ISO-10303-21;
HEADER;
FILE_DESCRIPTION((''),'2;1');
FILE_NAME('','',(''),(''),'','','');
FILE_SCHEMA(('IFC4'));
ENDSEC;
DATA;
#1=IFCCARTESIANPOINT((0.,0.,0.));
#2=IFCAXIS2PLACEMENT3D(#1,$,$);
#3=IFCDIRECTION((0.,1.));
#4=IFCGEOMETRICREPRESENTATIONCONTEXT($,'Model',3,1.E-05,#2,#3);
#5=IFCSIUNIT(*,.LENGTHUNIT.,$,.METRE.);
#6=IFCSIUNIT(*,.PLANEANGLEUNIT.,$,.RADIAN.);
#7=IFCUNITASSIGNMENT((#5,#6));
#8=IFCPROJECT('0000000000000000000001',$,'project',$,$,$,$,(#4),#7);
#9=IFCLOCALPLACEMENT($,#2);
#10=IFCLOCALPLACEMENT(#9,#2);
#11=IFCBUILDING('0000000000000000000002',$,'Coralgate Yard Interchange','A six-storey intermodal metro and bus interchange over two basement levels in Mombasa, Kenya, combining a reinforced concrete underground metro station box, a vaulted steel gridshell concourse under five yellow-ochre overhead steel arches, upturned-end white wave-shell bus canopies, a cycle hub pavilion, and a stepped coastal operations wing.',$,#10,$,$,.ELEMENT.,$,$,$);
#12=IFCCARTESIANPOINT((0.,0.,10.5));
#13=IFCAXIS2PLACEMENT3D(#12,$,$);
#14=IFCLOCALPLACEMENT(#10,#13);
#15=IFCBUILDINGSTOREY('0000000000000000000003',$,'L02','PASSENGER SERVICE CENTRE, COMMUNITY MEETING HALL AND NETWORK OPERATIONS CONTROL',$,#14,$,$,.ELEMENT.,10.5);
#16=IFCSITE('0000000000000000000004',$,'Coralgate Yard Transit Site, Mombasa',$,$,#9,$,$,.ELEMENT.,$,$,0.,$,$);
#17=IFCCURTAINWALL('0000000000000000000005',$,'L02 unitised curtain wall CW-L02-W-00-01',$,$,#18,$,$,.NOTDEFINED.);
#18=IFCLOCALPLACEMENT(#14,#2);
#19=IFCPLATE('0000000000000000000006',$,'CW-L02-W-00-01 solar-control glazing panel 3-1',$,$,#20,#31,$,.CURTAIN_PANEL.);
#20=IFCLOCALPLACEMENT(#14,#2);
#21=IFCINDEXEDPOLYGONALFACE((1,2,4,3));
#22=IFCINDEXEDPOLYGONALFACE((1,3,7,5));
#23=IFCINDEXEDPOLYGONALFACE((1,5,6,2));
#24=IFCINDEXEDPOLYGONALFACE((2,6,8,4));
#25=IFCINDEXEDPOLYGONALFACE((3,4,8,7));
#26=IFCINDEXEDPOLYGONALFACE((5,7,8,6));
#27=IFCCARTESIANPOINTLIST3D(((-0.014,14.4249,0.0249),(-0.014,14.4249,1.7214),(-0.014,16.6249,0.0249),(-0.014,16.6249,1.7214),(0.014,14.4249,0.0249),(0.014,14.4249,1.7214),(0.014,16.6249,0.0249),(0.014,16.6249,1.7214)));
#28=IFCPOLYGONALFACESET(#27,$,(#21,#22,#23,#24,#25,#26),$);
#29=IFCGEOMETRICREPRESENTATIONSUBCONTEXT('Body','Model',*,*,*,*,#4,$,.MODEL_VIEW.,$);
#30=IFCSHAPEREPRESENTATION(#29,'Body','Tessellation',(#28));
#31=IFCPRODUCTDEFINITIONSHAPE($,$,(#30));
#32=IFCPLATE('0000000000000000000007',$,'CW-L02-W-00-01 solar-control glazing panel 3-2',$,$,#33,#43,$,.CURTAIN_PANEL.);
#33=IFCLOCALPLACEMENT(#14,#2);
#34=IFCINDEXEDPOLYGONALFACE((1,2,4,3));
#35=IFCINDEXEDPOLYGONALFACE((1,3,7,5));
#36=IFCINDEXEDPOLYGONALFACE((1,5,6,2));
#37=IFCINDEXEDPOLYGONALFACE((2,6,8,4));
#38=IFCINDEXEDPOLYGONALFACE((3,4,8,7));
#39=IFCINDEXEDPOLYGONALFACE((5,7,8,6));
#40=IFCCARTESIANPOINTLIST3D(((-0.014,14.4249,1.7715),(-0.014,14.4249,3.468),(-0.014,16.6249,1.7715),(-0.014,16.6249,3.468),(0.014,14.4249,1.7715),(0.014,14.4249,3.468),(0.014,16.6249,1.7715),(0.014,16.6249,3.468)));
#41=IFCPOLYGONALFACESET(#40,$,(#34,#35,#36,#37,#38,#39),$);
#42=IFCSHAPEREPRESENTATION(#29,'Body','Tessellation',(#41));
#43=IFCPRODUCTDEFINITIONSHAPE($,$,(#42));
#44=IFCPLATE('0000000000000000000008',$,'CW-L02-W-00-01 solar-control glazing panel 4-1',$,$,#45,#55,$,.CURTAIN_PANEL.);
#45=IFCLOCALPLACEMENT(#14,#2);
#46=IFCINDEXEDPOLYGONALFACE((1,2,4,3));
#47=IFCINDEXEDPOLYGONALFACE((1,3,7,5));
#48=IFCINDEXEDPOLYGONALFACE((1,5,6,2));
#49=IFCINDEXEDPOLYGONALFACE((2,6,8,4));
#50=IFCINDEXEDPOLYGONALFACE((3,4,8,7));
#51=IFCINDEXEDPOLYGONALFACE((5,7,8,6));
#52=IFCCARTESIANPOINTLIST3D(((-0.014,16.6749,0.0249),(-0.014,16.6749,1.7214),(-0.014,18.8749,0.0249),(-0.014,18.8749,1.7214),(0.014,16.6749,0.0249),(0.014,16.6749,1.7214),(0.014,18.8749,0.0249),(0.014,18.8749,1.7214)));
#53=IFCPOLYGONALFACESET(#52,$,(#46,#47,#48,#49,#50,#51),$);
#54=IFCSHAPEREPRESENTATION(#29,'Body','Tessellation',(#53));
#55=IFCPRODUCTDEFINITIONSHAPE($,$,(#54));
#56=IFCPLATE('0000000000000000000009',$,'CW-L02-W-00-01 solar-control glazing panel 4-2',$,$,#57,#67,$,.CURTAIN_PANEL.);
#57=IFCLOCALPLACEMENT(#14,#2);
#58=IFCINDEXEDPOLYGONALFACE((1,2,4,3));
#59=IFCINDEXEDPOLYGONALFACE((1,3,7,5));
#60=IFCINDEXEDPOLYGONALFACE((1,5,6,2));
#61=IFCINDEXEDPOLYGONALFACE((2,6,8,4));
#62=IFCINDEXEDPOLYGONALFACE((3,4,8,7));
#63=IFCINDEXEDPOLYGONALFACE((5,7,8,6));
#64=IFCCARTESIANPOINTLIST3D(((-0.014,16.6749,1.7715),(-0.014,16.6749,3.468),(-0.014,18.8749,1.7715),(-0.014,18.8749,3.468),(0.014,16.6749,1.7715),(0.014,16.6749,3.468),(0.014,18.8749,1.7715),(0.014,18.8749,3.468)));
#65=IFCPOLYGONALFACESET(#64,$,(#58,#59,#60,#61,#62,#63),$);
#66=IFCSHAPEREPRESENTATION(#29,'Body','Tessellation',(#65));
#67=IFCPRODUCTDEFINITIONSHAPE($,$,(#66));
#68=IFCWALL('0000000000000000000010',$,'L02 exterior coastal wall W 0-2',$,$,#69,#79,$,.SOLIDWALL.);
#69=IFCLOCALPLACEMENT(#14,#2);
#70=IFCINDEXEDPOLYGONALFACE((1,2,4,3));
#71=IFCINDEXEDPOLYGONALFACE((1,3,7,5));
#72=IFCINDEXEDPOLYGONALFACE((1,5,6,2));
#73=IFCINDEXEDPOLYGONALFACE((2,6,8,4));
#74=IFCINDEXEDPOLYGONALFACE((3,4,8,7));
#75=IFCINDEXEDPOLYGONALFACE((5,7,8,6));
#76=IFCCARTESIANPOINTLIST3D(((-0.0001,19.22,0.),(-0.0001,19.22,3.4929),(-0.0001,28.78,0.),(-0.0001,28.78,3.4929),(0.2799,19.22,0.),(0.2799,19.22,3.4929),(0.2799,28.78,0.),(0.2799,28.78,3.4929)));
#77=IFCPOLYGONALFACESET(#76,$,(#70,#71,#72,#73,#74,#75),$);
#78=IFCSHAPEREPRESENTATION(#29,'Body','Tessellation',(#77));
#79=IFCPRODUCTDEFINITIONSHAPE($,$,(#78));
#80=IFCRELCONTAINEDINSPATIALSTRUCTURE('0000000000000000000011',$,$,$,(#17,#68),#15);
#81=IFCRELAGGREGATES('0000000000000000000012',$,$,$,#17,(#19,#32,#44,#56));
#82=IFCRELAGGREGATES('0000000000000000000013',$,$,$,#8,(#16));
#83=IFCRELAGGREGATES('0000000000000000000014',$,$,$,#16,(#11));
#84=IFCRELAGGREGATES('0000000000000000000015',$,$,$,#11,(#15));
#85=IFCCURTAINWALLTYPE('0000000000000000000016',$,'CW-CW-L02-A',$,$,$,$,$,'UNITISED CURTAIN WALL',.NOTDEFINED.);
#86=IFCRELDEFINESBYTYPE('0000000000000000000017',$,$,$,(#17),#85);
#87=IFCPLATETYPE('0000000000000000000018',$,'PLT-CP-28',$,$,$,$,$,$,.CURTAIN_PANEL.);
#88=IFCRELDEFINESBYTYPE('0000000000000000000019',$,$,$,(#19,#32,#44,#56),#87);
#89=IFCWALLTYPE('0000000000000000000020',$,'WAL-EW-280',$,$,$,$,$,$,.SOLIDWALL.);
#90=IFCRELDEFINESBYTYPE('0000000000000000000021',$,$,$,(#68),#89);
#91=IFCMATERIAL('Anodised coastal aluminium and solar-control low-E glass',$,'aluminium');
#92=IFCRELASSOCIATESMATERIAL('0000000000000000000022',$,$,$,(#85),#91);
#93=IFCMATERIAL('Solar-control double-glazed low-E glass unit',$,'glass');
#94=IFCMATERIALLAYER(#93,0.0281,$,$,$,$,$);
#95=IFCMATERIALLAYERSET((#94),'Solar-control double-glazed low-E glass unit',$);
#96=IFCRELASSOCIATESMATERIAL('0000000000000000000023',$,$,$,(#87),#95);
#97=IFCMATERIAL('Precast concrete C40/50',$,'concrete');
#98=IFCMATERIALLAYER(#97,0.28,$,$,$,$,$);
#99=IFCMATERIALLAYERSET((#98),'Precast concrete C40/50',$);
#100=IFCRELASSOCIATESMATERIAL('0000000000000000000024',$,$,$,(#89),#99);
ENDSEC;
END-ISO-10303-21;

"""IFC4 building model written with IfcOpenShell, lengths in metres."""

from ifc_helpers import new_model, si_unit, direction, frame, frame_2d, origin, origin_2d, place, context, subcontext, project, spatial, rectangle, extrude, material, layer, layer_set, type_object, element, aggregate, save


model = new_model("IFC4")

# Units and contexts
model_context = context("Model", 3, precision=1e-05, world=origin(), true_north=direction((0.0, 1.0)))
body_context = subcontext(model_context, "Body", "Model", "MODEL_VIEW")
ifc_project = project(units=[si_unit("LENGTHUNIT", "METRE"), si_unit("PLANEANGLEUNIT", "RADIAN")], contexts=[model_context])

# Site, building, storey
site_placement = place(None, origin())
site = spatial("IfcSite", under=ifc_project, at=site_placement, Name="Coralgate Yard Transit Site, Mombasa", CompositionType="ELEMENT", RefElevation=0.0)
building_placement = place(site_placement, origin())
building = spatial("IfcBuilding", under=site, at=building_placement, Name="Coralgate Yard Interchange", Description="A six-storey intermodal metro and bus interchange over two basement levels in Mombasa, Kenya, combining a reinforced concrete underground metro station box, a vaulted steel gridshell concourse under five yellow-ochre overhead steel arches, upturned-end white wave-shell bus canopies, a cycle hub pavilion, and a stepped coastal operations wing.", CompositionType="ELEMENT")
storey_placement = place(building_placement, frame((0.0, 0.0, 10.5)))
storey = spatial("IfcBuildingStorey", under=building, at=storey_placement, Name="L02", Description="PASSENGER SERVICE CENTRE, COMMUNITY MEETING HALL AND NETWORK OPERATIONS CONTROL", CompositionType="ELEMENT", Elevation=10.5)

# Curtain wall, plates
ifc_material_1 = material(Name="Anodised coastal aluminium and solar-control low-E glass", Category="aluminium")
curtain_wall_type = type_object("IfcCurtainWallType", Name="CW-CW-L02-A", ElementType="UNITISED CURTAIN WALL", PredefinedType="NOTDEFINED", material=ifc_material_1)
curtain_wall_placement = place(storey_placement, origin())
curtain_wall = element("IfcCurtainWall", 1, at=curtain_wall_placement, inside=storey, type_object=curtain_wall_type, Name="L02 unitised curtain wall CW-L02-W-00-01", PredefinedType="NOTDEFINED")
ifc_material_2 = material(Name="Solar-control double-glazed low-E glass unit", Category="glass")
ifc_layer_1 = layer(ifc_material_2, 0.0281)
ifc_layer_set_1 = layer_set([ifc_layer_1], Name="Solar-control double-glazed low-E glass unit")
plate_type = type_object("IfcPlateType", Name="PLT-CP-28", PredefinedType="CURTAIN_PANEL", material=ifc_layer_set_1)
plate_1_placement = place(storey_placement, frame((0.0, 15.5249, 0.0249), z_axis=(0.0, 0.0, 1.0), x_axis=(0.0, 1.0, 0.0)))
plate_1 = element("IfcPlate", 2, at=plate_1_placement, type_object=plate_type, Name="CW-L02-W-00-01 solar-control glazing panel 3-1", PredefinedType="CURTAIN_PANEL", context=body_context, shape_type="SweptSolid", body=[
    extrude(rectangle(XDim=2.2, YDim=0.0281, at=origin_2d()), origin(), (0.0, 0.0, 1.0), 1.6965),
])
plate_2_placement = place(storey_placement, frame((0.0, 15.5249, 1.7715), z_axis=(0.0, 0.0, 1.0), x_axis=(0.0, 1.0, 0.0)))
plate_2 = element("IfcPlate", 3, at=plate_2_placement, type_object=plate_type, Name="CW-L02-W-00-01 solar-control glazing panel 3-2", PredefinedType="CURTAIN_PANEL", context=body_context, shape_type="SweptSolid", body=[
    extrude(rectangle(XDim=2.2, YDim=0.0281, at=origin_2d()), origin(), (0.0, 0.0, 1.0), 1.6965),
])
plate_3_placement = place(storey_placement, frame((0.0, 17.7749, 0.0249), z_axis=(0.0, 0.0, 1.0), x_axis=(0.0, 1.0, 0.0)))
plate_3 = element("IfcPlate", 4, at=plate_3_placement, type_object=plate_type, Name="CW-L02-W-00-01 solar-control glazing panel 4-1", PredefinedType="CURTAIN_PANEL", context=body_context, shape_type="SweptSolid", body=[
    extrude(rectangle(XDim=2.2, YDim=0.0281, at=origin_2d()), origin(), (0.0, 0.0, 1.0), 1.6965),
])
plate_4_placement = place(storey_placement, frame((0.0, 17.7749, 1.7715), z_axis=(0.0, 0.0, 1.0), x_axis=(0.0, 1.0, 0.0)))
plate_4 = element("IfcPlate", 5, at=plate_4_placement, type_object=plate_type, Name="CW-L02-W-00-01 solar-control glazing panel 4-2", PredefinedType="CURTAIN_PANEL", context=body_context, shape_type="SweptSolid", body=[
    extrude(rectangle(XDim=2.2, YDim=0.0281, at=origin_2d()), origin(), (0.0, 0.0, 1.0), 1.6965),
])
aggregate(curtain_wall, [plate_1, plate_2, plate_3, plate_4])

# Wall
ifc_material_3 = material(Name="Precast concrete C40/50", Category="concrete")
ifc_layer_2 = layer(ifc_material_3, 0.28)
ifc_layer_set_2 = layer_set([ifc_layer_2], Name="Precast concrete C40/50")
wall_type = type_object("IfcWallType", Name="WAL-EW-280", PredefinedType="SOLIDWALL", material=ifc_layer_set_2)
wall_placement = place(storey_placement, frame((0.1399, 19.22, 0.0), z_axis=(0.0, 0.0, 1.0), x_axis=(0.0, 1.0, 0.0)))
element("IfcWall", 6, at=wall_placement, inside=storey, type_object=wall_type, Name="L02 exterior coastal wall W 0-2", PredefinedType="SOLIDWALL", context=body_context, shape_type="SweptSolid", body=[
    extrude(rectangle(XDim=9.5601, YDim=0.28, at=frame_2d((4.78, 0.0))), origin(), (0.0, 0.0, 1.0), 3.4929),
])

save(model, "model.ifc")
